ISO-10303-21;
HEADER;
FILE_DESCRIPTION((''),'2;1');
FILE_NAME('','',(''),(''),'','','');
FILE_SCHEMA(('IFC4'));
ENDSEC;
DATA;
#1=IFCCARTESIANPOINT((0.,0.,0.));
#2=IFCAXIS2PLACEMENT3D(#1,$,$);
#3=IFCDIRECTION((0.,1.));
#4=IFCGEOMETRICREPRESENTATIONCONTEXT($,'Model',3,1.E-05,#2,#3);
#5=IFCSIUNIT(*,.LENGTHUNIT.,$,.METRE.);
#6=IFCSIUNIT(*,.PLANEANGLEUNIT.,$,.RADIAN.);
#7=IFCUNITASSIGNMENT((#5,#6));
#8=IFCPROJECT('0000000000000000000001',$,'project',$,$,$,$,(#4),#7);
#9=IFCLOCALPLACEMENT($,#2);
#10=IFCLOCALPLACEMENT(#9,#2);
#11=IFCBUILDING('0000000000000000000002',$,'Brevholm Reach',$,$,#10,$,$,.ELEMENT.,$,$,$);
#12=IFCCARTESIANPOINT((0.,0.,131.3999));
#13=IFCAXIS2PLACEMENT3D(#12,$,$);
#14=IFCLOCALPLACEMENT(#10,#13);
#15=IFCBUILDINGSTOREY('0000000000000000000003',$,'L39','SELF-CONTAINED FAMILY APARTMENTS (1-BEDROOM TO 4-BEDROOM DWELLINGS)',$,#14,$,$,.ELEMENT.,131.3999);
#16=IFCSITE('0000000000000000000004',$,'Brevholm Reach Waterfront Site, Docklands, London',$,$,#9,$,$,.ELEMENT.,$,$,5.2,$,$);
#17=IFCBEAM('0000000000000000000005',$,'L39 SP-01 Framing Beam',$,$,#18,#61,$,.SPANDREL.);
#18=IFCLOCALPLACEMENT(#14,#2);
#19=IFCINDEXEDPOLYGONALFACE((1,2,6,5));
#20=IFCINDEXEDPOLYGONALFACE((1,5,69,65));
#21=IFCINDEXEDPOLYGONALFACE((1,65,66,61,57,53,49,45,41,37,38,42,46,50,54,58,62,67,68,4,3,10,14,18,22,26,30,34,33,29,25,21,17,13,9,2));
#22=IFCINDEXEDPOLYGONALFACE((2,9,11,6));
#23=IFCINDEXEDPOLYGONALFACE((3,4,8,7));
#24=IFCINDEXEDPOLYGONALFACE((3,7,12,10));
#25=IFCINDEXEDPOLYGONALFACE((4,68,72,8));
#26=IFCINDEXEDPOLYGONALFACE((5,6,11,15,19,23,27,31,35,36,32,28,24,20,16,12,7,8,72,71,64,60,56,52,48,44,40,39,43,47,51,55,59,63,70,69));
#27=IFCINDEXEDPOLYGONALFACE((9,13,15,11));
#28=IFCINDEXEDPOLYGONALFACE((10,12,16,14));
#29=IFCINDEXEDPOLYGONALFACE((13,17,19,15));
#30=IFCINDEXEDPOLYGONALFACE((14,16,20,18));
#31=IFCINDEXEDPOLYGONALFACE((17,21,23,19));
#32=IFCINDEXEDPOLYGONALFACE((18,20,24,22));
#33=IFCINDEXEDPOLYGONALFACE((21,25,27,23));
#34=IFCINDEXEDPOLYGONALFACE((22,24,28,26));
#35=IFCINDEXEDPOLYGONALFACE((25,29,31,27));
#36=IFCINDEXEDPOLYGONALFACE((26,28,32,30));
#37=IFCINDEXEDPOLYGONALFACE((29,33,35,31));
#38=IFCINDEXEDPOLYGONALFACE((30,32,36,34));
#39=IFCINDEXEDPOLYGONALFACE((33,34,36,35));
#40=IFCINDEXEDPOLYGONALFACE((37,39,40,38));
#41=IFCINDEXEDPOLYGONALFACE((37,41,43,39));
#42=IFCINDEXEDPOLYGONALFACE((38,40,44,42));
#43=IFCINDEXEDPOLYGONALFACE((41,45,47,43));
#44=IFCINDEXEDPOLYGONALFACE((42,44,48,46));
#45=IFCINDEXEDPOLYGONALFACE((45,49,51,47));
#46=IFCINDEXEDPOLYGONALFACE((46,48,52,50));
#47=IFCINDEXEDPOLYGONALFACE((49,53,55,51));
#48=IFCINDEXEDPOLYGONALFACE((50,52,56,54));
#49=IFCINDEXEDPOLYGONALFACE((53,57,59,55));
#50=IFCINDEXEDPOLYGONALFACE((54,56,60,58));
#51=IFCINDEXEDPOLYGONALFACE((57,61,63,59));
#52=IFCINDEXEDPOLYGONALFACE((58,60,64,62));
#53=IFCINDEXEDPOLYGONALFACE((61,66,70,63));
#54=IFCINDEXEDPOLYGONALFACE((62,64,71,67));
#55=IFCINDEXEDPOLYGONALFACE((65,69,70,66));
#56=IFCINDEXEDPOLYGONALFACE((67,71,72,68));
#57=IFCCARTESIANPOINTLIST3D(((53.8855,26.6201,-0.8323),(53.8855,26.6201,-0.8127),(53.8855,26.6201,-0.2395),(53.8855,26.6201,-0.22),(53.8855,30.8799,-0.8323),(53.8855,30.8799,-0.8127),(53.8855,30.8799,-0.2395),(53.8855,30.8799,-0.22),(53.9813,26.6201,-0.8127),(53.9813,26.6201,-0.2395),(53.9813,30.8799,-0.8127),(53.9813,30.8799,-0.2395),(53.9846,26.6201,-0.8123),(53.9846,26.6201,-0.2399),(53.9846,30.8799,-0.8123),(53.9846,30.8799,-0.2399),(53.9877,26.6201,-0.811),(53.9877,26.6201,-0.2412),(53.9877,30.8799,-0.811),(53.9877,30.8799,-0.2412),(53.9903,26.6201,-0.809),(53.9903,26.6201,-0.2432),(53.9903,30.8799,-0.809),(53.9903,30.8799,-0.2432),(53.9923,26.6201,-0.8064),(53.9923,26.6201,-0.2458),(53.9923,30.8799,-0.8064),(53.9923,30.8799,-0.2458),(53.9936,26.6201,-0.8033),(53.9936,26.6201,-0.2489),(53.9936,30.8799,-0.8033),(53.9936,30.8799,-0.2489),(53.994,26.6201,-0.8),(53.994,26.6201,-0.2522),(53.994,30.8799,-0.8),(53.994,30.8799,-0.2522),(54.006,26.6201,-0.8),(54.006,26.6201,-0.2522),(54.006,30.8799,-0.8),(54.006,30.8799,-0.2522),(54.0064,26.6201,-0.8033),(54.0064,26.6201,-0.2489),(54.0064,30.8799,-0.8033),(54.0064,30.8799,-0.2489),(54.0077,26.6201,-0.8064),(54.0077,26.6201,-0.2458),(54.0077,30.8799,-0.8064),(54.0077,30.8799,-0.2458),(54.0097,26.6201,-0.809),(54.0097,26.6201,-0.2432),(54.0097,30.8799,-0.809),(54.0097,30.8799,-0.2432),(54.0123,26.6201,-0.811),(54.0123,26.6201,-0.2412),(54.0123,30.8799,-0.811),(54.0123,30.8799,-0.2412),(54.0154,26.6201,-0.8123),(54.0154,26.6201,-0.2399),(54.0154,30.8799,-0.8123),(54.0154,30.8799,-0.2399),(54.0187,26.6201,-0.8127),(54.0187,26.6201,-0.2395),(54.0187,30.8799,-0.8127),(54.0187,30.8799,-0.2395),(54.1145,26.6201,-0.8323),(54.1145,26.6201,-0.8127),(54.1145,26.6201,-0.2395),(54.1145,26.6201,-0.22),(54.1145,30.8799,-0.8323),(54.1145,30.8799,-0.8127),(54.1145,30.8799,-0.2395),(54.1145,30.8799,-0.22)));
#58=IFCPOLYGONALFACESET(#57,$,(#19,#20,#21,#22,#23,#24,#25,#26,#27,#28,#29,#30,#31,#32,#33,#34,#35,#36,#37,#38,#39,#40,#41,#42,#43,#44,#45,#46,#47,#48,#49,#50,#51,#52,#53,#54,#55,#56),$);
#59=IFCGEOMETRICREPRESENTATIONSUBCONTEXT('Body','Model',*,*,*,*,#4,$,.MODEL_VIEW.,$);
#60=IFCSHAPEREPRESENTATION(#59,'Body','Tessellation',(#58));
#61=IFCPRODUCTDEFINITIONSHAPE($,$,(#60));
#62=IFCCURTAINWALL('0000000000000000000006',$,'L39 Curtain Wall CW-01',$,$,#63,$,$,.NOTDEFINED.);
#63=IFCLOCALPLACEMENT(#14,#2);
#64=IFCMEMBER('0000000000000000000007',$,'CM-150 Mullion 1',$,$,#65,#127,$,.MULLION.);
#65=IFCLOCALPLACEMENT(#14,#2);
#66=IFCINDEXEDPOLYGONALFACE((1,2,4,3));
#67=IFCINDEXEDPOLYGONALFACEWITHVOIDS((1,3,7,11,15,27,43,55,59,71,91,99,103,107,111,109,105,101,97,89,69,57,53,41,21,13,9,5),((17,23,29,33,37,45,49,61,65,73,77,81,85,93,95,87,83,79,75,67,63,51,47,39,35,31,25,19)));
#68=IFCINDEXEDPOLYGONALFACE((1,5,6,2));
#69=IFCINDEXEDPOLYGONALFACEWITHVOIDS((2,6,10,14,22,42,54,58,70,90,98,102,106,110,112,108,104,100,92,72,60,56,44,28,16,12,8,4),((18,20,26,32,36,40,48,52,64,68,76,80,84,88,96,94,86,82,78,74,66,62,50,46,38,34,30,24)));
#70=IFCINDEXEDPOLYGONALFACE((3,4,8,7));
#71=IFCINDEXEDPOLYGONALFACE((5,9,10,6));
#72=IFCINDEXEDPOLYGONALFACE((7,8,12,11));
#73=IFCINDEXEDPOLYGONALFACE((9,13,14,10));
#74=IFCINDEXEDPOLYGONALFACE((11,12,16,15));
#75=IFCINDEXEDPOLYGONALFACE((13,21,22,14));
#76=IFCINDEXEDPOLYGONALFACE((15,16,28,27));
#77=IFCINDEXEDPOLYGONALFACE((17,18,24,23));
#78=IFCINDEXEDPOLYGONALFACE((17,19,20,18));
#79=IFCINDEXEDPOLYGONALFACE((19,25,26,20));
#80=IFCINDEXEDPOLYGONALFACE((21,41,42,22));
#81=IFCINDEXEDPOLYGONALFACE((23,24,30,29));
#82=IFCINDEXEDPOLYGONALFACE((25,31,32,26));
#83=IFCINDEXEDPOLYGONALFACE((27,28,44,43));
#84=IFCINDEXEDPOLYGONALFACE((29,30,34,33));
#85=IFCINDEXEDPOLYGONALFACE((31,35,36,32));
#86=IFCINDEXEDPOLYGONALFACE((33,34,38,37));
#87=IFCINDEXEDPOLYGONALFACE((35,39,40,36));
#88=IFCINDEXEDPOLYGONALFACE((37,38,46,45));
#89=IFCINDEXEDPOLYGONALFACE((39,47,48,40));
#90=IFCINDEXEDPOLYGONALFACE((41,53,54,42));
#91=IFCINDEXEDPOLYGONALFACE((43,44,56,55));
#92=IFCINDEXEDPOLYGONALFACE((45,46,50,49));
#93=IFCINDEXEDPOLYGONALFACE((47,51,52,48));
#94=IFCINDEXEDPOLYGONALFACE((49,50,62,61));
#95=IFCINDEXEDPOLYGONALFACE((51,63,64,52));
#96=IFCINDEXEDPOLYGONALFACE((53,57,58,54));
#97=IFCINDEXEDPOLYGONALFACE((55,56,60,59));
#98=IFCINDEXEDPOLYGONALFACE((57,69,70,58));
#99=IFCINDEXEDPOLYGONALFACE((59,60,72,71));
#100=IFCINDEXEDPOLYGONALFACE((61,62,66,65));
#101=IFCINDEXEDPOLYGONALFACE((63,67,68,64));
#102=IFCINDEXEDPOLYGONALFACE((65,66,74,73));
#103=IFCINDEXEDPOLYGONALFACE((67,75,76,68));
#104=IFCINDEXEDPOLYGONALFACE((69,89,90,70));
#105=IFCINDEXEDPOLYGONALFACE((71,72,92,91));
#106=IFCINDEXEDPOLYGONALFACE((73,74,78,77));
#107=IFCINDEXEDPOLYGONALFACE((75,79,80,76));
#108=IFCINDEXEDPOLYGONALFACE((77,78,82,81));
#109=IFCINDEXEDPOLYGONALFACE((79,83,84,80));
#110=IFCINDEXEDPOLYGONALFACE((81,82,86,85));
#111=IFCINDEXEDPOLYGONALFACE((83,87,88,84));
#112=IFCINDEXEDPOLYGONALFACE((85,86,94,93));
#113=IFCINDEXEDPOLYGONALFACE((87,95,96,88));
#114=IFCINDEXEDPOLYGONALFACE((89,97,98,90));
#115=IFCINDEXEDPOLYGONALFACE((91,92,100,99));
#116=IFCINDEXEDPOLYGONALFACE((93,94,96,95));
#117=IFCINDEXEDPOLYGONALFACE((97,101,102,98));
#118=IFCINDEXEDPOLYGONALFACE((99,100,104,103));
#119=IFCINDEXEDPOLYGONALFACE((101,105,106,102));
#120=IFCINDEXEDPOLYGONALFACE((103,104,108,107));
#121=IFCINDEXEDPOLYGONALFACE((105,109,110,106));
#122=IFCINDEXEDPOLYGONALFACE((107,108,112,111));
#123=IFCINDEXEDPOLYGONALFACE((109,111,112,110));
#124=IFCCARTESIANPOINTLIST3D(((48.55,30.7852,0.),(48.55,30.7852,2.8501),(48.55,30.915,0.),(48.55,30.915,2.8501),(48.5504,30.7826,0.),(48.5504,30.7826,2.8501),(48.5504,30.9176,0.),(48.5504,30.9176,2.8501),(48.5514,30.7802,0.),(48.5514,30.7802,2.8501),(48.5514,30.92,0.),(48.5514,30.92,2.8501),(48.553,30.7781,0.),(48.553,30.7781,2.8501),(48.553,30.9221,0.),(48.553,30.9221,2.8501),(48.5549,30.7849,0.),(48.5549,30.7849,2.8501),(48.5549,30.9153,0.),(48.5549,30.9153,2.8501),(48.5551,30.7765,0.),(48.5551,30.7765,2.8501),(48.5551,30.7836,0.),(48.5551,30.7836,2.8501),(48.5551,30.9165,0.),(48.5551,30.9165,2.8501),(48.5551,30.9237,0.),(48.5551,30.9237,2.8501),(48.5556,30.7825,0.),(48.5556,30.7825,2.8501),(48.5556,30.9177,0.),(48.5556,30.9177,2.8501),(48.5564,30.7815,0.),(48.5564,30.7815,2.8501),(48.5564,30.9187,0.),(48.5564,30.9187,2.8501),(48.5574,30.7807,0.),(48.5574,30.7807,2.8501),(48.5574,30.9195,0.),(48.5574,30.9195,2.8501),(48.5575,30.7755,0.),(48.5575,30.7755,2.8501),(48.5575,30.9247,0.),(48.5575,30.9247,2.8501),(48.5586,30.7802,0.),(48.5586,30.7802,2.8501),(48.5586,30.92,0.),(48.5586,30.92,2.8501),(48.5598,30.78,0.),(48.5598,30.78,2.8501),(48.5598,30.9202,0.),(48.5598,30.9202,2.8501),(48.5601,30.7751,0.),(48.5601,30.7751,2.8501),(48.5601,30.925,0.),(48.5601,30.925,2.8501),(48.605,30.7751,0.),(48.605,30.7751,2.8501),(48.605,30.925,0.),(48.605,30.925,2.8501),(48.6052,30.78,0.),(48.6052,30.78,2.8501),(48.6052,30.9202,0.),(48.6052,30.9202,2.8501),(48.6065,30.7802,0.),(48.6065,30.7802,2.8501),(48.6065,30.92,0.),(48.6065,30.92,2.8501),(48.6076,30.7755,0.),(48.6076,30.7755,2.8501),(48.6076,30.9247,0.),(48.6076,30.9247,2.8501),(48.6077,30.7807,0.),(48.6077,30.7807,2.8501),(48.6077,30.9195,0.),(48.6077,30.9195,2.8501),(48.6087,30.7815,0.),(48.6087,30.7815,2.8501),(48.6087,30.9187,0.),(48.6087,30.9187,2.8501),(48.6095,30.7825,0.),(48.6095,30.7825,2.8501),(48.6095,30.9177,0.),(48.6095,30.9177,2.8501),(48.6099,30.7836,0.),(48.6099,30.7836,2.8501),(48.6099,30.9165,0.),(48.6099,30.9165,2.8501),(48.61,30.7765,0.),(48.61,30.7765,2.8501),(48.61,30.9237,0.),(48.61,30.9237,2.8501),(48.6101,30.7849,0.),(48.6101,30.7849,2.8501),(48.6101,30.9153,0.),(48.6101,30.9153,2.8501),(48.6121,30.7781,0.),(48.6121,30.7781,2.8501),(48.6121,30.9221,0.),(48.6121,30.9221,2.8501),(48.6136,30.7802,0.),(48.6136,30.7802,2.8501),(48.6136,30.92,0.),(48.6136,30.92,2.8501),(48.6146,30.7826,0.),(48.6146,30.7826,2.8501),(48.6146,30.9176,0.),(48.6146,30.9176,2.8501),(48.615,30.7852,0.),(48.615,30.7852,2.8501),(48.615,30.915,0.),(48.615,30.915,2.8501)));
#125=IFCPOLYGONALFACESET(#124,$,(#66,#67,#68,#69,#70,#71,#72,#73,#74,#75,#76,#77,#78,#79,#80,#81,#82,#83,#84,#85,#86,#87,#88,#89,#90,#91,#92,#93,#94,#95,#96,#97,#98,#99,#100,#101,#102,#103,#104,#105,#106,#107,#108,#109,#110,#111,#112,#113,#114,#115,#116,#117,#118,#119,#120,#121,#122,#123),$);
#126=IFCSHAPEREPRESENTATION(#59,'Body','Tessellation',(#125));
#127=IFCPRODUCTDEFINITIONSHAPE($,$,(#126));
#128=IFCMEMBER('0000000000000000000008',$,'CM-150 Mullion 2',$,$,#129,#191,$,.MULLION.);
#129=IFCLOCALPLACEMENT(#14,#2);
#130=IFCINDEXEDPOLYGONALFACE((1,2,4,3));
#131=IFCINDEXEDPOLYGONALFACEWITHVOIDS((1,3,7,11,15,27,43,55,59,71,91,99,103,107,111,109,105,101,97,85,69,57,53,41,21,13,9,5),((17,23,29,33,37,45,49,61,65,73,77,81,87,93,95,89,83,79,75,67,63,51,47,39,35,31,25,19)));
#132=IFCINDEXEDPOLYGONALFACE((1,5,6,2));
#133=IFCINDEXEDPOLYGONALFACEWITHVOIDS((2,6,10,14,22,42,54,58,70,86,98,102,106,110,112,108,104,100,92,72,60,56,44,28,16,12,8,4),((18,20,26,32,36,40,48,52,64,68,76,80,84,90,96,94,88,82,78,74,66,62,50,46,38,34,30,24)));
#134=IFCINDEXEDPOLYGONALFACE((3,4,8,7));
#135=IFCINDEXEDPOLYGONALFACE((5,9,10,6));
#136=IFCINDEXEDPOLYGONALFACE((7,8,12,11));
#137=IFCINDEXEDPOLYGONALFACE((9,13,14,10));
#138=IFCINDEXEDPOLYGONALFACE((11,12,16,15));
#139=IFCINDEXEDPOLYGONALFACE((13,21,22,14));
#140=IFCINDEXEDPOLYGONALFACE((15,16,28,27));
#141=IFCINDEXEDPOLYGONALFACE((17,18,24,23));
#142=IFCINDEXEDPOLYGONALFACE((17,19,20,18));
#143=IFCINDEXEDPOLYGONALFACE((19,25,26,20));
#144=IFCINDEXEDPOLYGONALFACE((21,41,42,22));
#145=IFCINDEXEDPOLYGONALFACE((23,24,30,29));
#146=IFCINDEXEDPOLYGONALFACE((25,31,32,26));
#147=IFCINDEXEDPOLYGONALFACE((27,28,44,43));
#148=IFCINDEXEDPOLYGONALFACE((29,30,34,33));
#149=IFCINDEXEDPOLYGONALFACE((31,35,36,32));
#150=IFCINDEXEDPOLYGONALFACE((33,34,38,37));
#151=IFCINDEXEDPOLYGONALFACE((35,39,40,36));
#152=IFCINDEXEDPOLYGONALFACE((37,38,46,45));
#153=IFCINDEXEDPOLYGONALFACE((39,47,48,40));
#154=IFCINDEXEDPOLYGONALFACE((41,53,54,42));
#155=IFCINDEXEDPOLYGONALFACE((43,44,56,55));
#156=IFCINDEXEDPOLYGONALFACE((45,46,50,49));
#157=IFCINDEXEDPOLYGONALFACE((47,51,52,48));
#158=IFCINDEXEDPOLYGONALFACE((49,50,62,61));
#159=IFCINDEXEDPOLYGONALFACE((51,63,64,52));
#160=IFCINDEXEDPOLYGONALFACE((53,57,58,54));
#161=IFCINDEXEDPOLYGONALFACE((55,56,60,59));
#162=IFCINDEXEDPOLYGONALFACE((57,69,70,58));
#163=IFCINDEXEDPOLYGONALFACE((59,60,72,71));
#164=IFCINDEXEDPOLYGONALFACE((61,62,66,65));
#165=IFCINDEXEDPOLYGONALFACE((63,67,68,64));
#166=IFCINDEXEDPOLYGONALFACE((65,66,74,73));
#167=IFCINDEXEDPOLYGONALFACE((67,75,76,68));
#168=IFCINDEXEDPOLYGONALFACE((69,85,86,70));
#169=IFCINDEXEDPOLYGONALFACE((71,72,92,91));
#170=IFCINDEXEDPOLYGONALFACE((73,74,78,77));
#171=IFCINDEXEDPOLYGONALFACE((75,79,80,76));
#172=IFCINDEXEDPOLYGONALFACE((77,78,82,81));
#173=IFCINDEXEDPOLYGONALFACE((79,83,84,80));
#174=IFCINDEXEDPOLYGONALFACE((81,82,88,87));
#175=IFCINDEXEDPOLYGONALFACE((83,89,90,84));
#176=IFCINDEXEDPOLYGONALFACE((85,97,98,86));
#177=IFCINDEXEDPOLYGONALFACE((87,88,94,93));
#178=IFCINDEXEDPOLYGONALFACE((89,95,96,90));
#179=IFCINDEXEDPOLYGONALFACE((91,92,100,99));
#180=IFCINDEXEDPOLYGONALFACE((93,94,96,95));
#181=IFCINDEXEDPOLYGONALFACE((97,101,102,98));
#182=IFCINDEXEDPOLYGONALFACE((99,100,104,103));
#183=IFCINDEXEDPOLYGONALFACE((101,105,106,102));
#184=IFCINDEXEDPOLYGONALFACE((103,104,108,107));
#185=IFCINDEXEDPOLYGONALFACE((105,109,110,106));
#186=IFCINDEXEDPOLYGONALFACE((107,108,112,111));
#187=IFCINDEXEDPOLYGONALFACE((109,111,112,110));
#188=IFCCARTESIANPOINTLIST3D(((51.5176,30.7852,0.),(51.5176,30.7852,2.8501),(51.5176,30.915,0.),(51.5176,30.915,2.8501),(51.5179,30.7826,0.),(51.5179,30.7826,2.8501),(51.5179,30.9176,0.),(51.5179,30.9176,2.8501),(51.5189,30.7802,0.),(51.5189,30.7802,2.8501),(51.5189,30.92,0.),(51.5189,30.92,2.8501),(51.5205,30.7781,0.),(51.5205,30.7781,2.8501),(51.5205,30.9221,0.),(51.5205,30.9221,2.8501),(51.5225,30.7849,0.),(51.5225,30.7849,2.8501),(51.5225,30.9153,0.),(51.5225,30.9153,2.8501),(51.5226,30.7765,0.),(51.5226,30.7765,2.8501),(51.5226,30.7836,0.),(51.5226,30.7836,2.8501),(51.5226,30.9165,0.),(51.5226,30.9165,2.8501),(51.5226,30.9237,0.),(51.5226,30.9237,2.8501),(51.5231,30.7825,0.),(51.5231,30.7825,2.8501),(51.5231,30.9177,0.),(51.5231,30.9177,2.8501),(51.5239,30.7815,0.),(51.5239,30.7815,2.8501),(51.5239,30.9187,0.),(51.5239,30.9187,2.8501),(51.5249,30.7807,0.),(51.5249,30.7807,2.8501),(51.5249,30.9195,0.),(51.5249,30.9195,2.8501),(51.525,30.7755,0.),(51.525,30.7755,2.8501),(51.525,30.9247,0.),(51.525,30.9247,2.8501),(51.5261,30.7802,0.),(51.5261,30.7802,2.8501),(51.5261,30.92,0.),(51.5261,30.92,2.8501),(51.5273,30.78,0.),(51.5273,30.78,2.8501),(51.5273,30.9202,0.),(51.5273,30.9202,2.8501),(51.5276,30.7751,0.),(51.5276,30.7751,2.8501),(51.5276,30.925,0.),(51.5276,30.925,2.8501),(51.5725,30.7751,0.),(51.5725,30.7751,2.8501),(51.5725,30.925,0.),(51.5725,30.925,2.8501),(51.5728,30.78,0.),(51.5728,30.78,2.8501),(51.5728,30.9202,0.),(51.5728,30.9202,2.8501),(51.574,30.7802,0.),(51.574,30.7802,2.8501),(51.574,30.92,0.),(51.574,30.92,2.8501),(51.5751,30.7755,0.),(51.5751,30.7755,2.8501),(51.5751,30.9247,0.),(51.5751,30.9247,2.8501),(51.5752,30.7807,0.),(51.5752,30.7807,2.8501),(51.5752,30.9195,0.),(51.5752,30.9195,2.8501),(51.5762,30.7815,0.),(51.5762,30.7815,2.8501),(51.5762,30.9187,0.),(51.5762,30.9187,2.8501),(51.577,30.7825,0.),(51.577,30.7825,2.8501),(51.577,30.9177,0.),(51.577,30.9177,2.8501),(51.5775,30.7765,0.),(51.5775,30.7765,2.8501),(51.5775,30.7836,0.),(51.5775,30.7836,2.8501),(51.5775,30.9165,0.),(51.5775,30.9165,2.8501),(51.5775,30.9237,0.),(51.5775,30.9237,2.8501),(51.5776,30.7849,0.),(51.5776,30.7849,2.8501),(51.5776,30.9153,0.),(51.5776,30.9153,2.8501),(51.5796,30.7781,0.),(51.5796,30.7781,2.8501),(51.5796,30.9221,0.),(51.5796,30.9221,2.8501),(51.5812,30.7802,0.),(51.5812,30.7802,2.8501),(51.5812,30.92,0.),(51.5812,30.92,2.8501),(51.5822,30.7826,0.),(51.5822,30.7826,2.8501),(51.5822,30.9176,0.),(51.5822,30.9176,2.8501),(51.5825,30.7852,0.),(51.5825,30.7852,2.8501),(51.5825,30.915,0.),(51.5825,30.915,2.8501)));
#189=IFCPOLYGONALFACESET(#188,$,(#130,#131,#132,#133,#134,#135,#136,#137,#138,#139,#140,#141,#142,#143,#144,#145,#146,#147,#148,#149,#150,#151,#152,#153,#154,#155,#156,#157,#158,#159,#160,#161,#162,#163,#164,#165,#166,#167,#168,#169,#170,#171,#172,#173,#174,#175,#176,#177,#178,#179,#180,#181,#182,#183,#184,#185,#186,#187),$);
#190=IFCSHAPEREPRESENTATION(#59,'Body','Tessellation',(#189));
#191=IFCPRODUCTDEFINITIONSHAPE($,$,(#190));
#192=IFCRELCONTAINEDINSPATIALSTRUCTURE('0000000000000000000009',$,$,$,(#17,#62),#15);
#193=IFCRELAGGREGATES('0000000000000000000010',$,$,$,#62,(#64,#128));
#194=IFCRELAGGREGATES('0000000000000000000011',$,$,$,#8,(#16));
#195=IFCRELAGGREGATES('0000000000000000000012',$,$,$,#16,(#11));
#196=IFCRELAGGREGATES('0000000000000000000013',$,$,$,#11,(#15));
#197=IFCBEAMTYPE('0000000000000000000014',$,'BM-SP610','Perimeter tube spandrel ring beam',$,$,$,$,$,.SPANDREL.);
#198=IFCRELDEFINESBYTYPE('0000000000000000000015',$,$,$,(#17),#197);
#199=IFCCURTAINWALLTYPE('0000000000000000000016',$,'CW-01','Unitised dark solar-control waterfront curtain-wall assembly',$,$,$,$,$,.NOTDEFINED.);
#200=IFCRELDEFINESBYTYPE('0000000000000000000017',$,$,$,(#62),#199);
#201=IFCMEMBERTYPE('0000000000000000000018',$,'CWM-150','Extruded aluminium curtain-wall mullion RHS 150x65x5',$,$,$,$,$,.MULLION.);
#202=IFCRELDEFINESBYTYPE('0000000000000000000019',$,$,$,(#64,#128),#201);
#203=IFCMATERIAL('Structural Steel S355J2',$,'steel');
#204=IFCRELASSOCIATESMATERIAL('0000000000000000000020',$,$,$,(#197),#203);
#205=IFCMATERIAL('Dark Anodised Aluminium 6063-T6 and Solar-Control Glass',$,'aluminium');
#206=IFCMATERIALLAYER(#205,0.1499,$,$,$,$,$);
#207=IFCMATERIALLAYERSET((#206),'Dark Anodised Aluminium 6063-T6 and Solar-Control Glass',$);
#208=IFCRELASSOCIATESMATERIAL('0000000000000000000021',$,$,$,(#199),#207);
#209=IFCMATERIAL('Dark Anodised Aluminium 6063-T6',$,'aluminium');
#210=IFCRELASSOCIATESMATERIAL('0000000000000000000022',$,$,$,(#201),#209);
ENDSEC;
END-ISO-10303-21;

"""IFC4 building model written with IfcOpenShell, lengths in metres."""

from ifc_helpers import new_model, si_unit, direction, frame, origin, origin_2d, place, context, subcontext, project, spatial, hollow_rectangle, i_section, extrude, material, layer, layer_set, material_profile, profile_set, type_object, element, aggregate, save


model = new_model("IFC4")

# Units and contexts
model_context = context("Model", 3, precision=1e-05, world=origin(), true_north=direction((0.0, 1.0)))
body_context = subcontext(model_context, "Body", "Model", "MODEL_VIEW")
ifc_project = project(units=[si_unit("LENGTHUNIT", "METRE"), si_unit("PLANEANGLEUNIT", "RADIAN")], contexts=[model_context])

# Site, building, storey
site_placement = place(None, origin())
site = spatial("IfcSite", under=ifc_project, at=site_placement, Name="Brevholm Reach Waterfront Site, Docklands, London", CompositionType="ELEMENT", RefElevation=5.2)
building_placement = place(site_placement, origin())
building = spatial("IfcBuilding", under=site, at=building_placement, Name="Brevholm Reach", CompositionType="ELEMENT")
storey_placement = place(building_placement, frame((0.0, 0.0, 131.3999)))
storey = spatial("IfcBuildingStorey", under=building, at=storey_placement, Name="L39", Description="SELF-CONTAINED FAMILY APARTMENTS (1-BEDROOM TO 4-BEDROOM DWELLINGS)", CompositionType="ELEMENT", Elevation=131.3999)

# Beam
ifc_material_1 = material(Name="Structural Steel S355J2", Category="steel")
ifc_material_profile_1 = material_profile(ifc_material_1, i_section(OverallWidth=0.229, OverallDepth=0.6123, WebThickness=0.012, FlangeThickness=0.0195, FilletRadius=0.0127, at=origin_2d()), Name="UKB 610x229x125")
ifc_profile_set_1 = profile_set([ifc_material_profile_1], Name="Structural Steel S355J2")
beam_type_1 = type_object("IfcBeamType", Name="BM-SP610", Description="Perimeter tube spandrel ring beam", PredefinedType="SPANDREL", material=ifc_profile_set_1)
for number, where, z_axis, x_axis, name in (
    (1, (54.0, 26.6201, -0.5261), (0.0, 1.0, 0.0), (-1.0, 0.0, 0.0), "L39 SP-01 Framing Beam"),
):
    element("IfcBeam", number, at=place(storey_placement, frame(where, z_axis=z_axis, x_axis=x_axis)), inside=storey, type_object=beam_type_1, Name=name, PredefinedType="SPANDREL", context=body_context, shape_type="SweptSolid", body=[
        extrude(i_section(OverallWidth=0.229, OverallDepth=0.6123, WebThickness=0.012, FlangeThickness=0.0195, FilletRadius=0.0127, at=origin_2d()), origin(), (0.0, 0.0, 1.0), 4.2598),
    ])

# Curtain wall, members
ifc_material_2 = material(Name="Dark Anodised Aluminium 6063-T6 and Solar-Control Glass", Category="aluminium")
ifc_layer_1 = layer(ifc_material_2, 0.1499)
ifc_layer_set_1 = layer_set([ifc_layer_1], Name="Dark Anodised Aluminium 6063-T6 and Solar-Control Glass")
curtain_wall_type = type_object("IfcCurtainWallType", Name="CW-01", Description="Unitised dark solar-control waterfront curtain-wall assembly", PredefinedType="NOTDEFINED", material=ifc_layer_set_1)
curtain_wall_placement = place(storey_placement, origin())
curtain_wall = element("IfcCurtainWall", 2, at=curtain_wall_placement, inside=storey, type_object=curtain_wall_type, Name="L39 Curtain Wall CW-01", PredefinedType="NOTDEFINED")
ifc_material_3 = material(Name="Dark Anodised Aluminium 6063-T6", Category="aluminium")
ifc_material_profile_2 = material_profile(ifc_material_3, hollow_rectangle(XDim=0.0649, YDim=0.1499, WallThickness=0.0049, InnerFilletRadius=0.0049, OuterFilletRadius=0.01, at=origin_2d()), Name="RHS 150x65x5")
ifc_profile_set_2 = profile_set([ifc_material_profile_2], Name="Dark Anodised Aluminium 6063-T6")
member_type_1 = type_object("IfcMemberType", Name="CWM-150", Description="Extruded aluminium curtain-wall mullion RHS 150x65x5", PredefinedType="MULLION", material=ifc_profile_set_2)
member_1_placement = place(storey_placement, frame((48.5825, 30.8501, 0.0), z_axis=(0.0, 0.0, 1.0), x_axis=(1.0, 0.0, 0.0)))
member_1 = element("IfcMember", 3, at=member_1_placement, type_object=member_type_1, Name="CM-150 Mullion 1", PredefinedType="MULLION", context=body_context, shape_type="SweptSolid", body=[
    extrude(hollow_rectangle(XDim=0.0649, YDim=0.1499, WallThickness=0.0049, InnerFilletRadius=0.0049, OuterFilletRadius=0.01, at=origin_2d()), origin(), (0.0, 0.0, 1.0), 2.8501),
])
member_2_placement = place(storey_placement, frame((51.55, 30.8501, 0.0), z_axis=(0.0, 0.0, 1.0), x_axis=(1.0, 0.0, 0.0)))
member_2 = element("IfcMember", 4, at=member_2_placement, type_object=member_type_1, Name="CM-150 Mullion 2", PredefinedType="MULLION", context=body_context, shape_type="SweptSolid", body=[
    extrude(hollow_rectangle(XDim=0.0649, YDim=0.1499, WallThickness=0.0049, InnerFilletRadius=0.0049, OuterFilletRadius=0.01, at=origin_2d()), origin(), (0.0, 0.0, 1.0), 2.8501),
])
aggregate(curtain_wall, [member_1, member_2])

save(model, "model.ifc")
